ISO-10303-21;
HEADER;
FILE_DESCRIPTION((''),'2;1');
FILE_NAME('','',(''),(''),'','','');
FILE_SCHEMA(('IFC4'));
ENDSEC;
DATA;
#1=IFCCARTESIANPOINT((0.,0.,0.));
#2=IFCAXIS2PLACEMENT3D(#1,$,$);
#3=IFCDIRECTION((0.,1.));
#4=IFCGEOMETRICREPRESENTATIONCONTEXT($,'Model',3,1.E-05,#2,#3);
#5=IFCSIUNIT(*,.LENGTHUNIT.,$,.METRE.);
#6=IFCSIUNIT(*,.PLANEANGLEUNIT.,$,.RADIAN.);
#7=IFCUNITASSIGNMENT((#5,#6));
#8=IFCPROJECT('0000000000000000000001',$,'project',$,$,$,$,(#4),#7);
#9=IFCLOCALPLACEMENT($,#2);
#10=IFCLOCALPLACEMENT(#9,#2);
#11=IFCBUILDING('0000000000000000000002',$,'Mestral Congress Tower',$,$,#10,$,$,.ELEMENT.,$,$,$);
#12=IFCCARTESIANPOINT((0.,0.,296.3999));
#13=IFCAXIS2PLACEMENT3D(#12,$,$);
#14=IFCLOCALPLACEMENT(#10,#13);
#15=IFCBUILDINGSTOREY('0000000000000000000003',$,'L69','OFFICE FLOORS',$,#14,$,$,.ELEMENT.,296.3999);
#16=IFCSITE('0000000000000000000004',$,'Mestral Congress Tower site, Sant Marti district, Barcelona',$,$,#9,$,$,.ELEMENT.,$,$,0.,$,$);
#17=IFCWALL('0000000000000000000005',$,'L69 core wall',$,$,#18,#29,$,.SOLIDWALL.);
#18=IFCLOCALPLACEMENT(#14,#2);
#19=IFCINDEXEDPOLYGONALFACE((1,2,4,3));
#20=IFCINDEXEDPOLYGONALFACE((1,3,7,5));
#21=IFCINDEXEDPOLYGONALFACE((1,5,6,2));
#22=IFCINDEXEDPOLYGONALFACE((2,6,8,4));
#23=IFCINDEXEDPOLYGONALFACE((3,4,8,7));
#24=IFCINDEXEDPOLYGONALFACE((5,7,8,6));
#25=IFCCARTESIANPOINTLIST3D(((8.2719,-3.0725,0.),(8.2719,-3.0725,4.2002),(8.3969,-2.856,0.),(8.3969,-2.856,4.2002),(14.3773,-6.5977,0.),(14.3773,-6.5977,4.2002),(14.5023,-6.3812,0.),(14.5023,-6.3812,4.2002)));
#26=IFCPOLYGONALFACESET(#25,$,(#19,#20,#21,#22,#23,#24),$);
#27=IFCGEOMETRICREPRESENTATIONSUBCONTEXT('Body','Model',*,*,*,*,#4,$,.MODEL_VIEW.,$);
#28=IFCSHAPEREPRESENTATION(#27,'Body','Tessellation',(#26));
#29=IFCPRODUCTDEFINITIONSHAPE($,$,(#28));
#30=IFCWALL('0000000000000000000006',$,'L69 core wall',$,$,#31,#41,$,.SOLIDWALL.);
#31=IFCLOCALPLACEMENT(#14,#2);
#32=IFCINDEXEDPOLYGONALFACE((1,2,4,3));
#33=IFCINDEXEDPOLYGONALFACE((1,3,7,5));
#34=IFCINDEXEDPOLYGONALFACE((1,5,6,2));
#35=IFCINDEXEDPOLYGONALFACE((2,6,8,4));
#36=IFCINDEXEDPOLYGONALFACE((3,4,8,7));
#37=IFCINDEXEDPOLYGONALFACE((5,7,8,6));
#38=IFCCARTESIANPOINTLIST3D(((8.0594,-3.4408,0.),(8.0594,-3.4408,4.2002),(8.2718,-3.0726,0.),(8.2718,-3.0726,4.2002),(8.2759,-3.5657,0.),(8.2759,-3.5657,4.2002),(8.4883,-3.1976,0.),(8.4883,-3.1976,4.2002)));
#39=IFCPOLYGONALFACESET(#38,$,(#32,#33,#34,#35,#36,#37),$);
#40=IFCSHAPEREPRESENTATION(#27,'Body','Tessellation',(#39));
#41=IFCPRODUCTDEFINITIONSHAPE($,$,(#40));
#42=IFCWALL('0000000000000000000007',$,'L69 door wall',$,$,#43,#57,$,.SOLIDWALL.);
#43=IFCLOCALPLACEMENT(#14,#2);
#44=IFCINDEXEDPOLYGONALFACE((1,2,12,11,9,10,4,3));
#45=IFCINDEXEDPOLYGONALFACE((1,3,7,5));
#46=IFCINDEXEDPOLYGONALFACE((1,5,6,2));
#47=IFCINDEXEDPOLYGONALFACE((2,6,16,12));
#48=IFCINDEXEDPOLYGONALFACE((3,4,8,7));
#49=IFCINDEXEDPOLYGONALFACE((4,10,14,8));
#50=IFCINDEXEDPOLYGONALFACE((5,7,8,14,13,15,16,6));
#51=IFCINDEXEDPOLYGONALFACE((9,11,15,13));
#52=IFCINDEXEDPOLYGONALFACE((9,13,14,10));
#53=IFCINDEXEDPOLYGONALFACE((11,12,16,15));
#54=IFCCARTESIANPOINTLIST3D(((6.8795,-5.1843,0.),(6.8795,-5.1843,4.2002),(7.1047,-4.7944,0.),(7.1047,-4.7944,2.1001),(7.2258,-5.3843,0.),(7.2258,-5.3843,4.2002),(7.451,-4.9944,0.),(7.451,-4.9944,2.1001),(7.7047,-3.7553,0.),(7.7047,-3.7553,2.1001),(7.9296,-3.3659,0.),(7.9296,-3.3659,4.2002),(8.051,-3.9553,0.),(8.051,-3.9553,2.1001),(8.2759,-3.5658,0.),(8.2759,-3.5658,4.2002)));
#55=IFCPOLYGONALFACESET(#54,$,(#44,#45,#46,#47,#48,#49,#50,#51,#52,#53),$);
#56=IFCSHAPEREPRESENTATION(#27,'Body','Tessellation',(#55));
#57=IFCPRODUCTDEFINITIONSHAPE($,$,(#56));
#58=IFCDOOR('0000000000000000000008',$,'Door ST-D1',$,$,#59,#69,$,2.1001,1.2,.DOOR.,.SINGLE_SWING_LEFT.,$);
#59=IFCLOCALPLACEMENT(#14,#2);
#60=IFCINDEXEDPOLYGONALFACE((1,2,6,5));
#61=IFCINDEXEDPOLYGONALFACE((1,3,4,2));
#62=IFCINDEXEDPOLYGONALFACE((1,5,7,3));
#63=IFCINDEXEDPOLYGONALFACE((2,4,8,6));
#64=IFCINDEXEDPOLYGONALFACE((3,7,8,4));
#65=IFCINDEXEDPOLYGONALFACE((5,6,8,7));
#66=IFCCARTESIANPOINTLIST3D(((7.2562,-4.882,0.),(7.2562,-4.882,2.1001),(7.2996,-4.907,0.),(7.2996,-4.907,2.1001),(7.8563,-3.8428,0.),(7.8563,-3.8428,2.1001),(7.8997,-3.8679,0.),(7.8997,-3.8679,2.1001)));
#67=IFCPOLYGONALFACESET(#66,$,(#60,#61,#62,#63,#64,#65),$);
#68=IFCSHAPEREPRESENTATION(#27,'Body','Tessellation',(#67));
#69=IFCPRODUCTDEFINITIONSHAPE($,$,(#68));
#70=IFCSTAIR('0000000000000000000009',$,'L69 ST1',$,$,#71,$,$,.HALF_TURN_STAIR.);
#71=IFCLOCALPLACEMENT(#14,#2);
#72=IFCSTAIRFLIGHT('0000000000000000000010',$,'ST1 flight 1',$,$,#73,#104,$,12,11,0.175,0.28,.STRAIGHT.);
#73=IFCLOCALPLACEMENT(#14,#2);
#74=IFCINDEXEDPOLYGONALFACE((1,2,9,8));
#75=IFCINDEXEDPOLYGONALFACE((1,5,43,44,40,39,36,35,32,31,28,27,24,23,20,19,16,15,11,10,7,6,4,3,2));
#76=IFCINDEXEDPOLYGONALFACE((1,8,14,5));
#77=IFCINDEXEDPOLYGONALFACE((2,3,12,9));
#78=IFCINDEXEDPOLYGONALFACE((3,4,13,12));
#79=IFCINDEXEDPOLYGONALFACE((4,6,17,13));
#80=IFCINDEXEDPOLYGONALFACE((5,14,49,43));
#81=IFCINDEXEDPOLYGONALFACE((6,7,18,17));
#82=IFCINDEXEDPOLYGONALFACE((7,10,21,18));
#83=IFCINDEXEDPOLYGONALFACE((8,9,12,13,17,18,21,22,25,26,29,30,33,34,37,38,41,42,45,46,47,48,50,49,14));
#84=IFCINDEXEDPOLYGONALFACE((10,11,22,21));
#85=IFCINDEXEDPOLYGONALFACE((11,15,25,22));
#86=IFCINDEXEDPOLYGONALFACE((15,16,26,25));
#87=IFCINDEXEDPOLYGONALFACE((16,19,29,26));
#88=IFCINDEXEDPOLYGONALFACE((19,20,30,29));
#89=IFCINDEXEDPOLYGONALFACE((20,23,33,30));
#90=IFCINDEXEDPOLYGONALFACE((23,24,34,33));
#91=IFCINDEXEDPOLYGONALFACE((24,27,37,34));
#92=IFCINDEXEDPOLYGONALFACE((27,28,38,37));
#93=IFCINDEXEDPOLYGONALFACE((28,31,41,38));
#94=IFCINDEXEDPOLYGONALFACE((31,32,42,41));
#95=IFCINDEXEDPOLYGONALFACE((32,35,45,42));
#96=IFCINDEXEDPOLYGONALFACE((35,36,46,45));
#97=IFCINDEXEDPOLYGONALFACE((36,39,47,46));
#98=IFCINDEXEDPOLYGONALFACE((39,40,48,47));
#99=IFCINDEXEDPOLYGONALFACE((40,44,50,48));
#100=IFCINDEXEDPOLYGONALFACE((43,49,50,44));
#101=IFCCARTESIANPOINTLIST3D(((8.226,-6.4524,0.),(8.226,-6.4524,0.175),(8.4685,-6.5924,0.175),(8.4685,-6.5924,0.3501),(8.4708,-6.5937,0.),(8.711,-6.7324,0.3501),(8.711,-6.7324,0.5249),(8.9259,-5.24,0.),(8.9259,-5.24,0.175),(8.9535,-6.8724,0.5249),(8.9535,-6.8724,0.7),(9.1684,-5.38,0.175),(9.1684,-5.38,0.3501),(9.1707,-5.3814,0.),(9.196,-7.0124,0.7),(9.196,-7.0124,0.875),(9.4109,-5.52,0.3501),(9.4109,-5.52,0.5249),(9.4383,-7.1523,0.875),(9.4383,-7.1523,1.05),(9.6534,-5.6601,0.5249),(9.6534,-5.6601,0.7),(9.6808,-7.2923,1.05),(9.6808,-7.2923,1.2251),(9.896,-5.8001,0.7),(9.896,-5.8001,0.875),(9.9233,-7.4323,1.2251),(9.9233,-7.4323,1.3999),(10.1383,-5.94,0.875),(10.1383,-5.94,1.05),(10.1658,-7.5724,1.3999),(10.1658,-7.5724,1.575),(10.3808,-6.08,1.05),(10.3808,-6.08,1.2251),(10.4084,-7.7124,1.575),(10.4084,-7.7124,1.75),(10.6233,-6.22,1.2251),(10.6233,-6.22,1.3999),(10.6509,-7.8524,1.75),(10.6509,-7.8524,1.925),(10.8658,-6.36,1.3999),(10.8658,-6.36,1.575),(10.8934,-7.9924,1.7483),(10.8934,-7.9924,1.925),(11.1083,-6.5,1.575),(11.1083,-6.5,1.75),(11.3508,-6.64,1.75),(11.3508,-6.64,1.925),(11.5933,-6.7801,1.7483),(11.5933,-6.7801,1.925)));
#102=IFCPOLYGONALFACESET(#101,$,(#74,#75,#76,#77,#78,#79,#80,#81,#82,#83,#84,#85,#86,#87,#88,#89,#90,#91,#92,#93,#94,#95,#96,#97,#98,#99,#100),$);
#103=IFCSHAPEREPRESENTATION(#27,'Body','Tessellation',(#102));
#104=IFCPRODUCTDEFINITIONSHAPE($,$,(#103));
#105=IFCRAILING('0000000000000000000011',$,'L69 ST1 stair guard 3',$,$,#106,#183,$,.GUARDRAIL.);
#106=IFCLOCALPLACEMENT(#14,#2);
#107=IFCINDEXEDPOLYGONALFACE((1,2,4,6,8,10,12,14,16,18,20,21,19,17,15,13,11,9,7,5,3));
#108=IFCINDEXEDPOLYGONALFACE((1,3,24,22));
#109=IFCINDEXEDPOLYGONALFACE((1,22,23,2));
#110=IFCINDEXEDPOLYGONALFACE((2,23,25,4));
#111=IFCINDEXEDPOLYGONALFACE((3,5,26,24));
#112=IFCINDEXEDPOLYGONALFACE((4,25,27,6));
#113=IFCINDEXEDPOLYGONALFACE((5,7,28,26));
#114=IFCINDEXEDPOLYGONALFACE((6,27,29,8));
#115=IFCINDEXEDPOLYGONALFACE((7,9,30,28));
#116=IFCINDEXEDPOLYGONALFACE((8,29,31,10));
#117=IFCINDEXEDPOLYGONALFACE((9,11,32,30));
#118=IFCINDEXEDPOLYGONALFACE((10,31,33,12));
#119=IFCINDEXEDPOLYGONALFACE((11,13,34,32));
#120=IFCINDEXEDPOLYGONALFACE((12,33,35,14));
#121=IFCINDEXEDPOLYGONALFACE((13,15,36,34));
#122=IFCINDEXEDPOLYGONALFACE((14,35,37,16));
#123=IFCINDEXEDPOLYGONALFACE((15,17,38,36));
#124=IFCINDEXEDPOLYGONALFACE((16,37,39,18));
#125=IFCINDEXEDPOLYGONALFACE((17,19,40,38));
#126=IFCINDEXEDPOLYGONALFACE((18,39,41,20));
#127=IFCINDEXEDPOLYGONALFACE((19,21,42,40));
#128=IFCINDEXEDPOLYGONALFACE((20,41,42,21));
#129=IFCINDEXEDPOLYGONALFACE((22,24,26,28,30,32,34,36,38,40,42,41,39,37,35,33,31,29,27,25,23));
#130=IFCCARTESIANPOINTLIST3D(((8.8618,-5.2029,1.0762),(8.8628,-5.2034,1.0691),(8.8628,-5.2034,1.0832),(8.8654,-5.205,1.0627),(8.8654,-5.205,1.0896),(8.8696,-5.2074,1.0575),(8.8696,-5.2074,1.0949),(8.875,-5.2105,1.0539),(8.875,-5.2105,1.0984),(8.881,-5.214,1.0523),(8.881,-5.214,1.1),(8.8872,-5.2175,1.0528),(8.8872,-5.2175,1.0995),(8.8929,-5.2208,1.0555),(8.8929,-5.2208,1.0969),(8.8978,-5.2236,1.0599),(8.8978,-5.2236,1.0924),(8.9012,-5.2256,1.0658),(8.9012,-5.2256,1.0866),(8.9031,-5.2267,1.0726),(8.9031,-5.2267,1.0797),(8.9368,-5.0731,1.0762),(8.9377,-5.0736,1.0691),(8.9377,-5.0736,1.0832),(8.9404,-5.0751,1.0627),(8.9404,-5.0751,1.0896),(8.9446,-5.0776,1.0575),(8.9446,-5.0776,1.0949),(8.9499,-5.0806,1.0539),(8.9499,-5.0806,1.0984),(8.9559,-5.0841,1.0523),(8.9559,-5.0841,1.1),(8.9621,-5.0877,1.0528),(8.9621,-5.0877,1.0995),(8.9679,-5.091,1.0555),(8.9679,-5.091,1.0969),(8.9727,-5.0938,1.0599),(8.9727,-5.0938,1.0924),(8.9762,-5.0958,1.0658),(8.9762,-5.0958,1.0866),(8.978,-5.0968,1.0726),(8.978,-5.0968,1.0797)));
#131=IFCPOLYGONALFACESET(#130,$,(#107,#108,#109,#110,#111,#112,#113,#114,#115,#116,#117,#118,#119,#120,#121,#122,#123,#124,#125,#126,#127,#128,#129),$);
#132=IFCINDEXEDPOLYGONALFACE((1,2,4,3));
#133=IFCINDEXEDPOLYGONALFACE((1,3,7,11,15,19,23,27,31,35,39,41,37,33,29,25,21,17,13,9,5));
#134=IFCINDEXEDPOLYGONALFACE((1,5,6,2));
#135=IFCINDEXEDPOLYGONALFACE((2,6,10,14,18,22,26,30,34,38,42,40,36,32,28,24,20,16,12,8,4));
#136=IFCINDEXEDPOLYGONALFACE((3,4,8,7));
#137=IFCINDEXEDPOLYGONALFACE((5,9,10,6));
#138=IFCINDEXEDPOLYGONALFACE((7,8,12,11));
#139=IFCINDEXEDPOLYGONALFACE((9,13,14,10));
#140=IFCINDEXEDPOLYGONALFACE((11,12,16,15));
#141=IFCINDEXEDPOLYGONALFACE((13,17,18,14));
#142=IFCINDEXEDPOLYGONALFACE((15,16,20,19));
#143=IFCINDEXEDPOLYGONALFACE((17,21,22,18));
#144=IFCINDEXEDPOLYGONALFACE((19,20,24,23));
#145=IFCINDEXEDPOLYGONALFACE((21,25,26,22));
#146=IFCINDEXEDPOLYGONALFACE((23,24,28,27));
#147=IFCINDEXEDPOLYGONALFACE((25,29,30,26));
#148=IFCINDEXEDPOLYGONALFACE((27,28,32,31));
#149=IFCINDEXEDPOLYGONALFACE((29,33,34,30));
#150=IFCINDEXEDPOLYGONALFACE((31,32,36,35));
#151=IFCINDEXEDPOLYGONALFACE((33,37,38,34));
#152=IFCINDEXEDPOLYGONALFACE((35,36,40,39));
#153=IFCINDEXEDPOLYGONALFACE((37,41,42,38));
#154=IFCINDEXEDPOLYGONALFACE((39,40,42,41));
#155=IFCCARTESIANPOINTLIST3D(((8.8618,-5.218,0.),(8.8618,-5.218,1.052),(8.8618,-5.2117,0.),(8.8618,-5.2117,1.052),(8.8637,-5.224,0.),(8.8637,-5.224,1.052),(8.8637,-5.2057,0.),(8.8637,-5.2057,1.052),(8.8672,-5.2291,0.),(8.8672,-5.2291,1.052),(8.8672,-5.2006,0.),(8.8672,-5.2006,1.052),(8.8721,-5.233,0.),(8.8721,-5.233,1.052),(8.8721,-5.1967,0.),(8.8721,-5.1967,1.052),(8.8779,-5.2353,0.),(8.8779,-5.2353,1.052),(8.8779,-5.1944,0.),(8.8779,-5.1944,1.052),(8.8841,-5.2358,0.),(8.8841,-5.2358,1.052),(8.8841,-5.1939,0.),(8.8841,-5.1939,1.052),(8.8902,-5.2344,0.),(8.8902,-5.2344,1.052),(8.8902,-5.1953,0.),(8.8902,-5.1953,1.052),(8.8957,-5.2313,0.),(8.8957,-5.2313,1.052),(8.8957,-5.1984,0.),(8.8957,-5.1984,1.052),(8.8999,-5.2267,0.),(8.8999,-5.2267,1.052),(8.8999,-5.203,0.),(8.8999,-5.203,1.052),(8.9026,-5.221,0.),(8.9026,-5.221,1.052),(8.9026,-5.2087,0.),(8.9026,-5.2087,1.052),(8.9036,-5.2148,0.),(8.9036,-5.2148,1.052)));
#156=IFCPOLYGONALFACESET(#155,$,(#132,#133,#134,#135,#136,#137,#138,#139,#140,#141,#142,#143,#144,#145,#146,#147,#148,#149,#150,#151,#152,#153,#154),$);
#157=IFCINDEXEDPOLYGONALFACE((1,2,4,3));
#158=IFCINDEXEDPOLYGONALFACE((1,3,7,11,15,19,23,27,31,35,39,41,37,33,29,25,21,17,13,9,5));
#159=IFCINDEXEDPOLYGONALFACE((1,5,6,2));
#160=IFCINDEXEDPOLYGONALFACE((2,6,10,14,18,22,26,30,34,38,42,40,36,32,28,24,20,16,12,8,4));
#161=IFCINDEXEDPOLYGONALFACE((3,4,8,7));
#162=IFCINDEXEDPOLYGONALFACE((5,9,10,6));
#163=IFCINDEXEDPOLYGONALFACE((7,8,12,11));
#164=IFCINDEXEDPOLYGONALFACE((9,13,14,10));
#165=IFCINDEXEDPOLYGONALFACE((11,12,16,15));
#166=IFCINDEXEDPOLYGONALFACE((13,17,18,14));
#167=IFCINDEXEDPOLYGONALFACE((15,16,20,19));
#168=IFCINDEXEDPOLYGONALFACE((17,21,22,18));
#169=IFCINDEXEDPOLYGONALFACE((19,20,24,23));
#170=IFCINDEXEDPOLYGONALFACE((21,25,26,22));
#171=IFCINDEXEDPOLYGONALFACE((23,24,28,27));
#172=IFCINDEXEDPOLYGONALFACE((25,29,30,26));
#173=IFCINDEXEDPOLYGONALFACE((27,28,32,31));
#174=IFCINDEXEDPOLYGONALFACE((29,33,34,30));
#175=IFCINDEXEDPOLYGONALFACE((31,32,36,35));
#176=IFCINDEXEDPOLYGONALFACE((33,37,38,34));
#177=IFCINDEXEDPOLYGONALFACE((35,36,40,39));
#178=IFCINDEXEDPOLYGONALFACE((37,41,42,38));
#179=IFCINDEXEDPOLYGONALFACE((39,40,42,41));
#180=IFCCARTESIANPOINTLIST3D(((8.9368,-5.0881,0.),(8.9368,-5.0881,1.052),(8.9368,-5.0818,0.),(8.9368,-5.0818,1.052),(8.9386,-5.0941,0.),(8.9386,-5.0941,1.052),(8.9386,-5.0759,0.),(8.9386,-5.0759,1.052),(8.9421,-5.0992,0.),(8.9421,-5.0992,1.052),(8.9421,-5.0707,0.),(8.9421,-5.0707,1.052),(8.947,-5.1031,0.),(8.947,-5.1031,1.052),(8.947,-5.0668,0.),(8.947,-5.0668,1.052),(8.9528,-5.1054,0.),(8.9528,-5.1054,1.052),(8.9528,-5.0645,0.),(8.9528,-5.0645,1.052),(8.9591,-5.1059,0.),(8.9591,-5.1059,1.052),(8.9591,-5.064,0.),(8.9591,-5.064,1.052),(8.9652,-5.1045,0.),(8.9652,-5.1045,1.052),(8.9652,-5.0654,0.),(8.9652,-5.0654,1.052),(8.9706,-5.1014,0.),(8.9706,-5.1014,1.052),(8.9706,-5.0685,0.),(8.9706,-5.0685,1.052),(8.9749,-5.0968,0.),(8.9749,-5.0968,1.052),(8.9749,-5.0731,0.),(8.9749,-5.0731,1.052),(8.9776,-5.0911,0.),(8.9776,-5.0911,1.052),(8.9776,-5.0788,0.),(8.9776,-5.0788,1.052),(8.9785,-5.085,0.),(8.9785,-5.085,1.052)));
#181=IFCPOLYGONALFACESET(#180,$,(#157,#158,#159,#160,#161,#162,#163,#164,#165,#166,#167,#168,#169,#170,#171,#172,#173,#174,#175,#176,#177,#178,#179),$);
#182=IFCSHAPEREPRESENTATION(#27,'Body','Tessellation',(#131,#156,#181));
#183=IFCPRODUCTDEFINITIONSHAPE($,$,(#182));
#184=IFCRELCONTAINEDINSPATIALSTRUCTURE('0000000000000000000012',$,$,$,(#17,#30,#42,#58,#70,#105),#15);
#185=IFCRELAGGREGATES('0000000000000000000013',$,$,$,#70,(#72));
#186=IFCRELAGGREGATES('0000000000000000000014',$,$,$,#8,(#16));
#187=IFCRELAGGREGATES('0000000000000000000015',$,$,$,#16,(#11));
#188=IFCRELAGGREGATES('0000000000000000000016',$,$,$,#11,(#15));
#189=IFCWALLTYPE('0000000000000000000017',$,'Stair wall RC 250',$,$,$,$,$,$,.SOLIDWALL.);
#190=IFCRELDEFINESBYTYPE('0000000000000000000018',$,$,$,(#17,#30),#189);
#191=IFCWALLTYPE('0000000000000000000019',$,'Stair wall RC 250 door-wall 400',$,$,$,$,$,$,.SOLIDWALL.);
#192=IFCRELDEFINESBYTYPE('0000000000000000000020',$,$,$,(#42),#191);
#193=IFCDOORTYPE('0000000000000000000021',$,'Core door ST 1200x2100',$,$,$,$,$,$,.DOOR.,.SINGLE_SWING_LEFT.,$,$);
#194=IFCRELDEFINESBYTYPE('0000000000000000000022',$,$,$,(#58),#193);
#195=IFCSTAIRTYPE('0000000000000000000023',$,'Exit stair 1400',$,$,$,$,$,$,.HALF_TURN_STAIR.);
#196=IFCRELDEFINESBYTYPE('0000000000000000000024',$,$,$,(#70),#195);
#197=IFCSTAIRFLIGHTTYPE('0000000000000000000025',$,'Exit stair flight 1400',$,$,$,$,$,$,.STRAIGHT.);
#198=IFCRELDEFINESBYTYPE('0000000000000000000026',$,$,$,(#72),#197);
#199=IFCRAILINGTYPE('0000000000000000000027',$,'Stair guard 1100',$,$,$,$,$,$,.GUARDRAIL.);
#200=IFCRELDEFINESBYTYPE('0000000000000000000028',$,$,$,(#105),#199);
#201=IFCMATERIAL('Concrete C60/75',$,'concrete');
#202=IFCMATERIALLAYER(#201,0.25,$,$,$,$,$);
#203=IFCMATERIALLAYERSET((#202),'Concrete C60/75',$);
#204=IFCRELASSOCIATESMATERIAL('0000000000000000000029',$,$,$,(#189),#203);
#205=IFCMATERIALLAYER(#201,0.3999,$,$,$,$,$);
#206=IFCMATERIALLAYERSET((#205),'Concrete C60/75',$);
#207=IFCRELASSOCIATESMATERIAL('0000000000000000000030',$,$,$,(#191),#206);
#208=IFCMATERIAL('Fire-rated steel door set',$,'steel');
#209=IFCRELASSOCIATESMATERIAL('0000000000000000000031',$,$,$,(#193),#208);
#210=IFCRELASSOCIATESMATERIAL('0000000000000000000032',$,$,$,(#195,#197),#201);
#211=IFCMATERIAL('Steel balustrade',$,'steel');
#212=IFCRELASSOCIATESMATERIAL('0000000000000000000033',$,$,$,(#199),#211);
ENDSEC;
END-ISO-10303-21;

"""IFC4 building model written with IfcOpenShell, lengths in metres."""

from ifc_helpers import new_model, si_unit, direction, frame, frame_2d, origin, origin_2d, place, context, subcontext, project, spatial, polyline, rectangle, circle, outline, extrude, material, layer, layer_set, type_object, element, fill, aggregate, save


model = new_model("IFC4")

# Units and contexts
model_context = context("Model", 3, precision=1e-05, world=origin(), true_north=direction((0.0, 1.0)))
body_context = subcontext(model_context, "Body", "Model", "MODEL_VIEW")
ifc_project = project(units=[si_unit("LENGTHUNIT", "METRE"), si_unit("PLANEANGLEUNIT", "RADIAN")], contexts=[model_context])

# Site, building, storey
site_placement = place(None, origin())
site = spatial("IfcSite", under=ifc_project, at=site_placement, Name="Mestral Congress Tower site, Sant Marti district, Barcelona", CompositionType="ELEMENT", RefElevation=0.0)
building_placement = place(site_placement, origin())
building = spatial("IfcBuilding", under=site, at=building_placement, Name="Mestral Congress Tower", CompositionType="ELEMENT")
storey_placement = place(building_placement, frame((0.0, 0.0, 296.3999)))
storey = spatial("IfcBuildingStorey", under=building, at=storey_placement, Name="L69", Description="OFFICE FLOORS", CompositionType="ELEMENT", Elevation=296.3999)

# Shared definitions
ifc_material_1 = material(Name="Fire-rated steel door set", Category="steel")

# Walls
ifc_material_2 = material(Name="Concrete C60/75", Category="concrete")
ifc_layer_1 = layer(ifc_material_2, 0.25)
ifc_layer_set_1 = layer_set([ifc_layer_1], Name="Concrete C60/75")
wall_type_1 = type_object("IfcWallType", Name="Stair wall RC 250", PredefinedType="SOLIDWALL", material=ifc_layer_set_1)
wall_1_placement = place(storey_placement, frame((8.3345, -2.9644, 0.0), z_axis=(0.0, 0.0, 1.0), x_axis=(0.866016, -0.500016, 0.0)))
element("IfcWall", 1, at=wall_1_placement, inside=storey, type_object=wall_type_1, Name="L69 core wall", PredefinedType="SOLIDWALL", context=body_context, shape_type="SweptSolid", body=[
    extrude(rectangle(XDim=7.05, YDim=0.25, at=frame_2d((3.5249, 0.0))), origin(), (0.0, 0.0, 1.0), 4.2002),
])
wall_2_placement = place(storey_placement, frame((8.1677, -3.5032, 0.0), z_axis=(0.0, 0.0, 1.0), x_axis=(0.499722, 0.866186, 0.0)))
element("IfcWall", 2, at=wall_2_placement, inside=storey, type_object=wall_type_1, Name="L69 core wall", PredefinedType="SOLIDWALL", context=body_context, shape_type="SweptSolid", body=[
    extrude(rectangle(XDim=0.425, YDim=0.25, at=frame_2d((0.2124, 0.0))), origin(), (0.0, 0.0, 1.0), 4.2002),
])

# Wall, opening, door
ifc_layer_2 = layer(ifc_material_2, 0.3999)
ifc_layer_set_2 = layer_set([ifc_layer_2], Name="Concrete C60/75")
wall_type_2 = type_object("IfcWallType", Name="Stair wall RC 250 door-wall 400", PredefinedType="SOLIDWALL", material=ifc_layer_set_2)
wall_3_placement = place(storey_placement, frame((7.0527, -5.2842, 0.0), z_axis=(0.0, 0.0, 1.0), x_axis=(0.500078, 0.86598, 0.0)))
wall_3 = element("IfcWall", 3, at=wall_3_placement, inside=storey, type_object=wall_type_2, Name="L69 door wall", PredefinedType="SOLIDWALL", context=body_context, shape_type="SweptSolid", body=[
    extrude(rectangle(XDim=2.0999, YDim=0.3999, at=frame_2d((1.0498, 0.0))), origin(), (0.0, 0.0, 1.0), 4.2002),
])
opening_1_placement = place(wall_3_placement, frame((0.45, 0.0, 0.0)))
opening_1 = element("IfcOpeningElement", 4, at=opening_1_placement, cuts=wall_3, PredefinedType="OPENING", context=body_context, shape_type="SweptSolid", body=[
    extrude(rectangle(XDim=1.2, YDim=2.1001, at=frame_2d((0.6001, 1.05))), frame((0.0, 0.21, 0.0), z_axis=(0.0, -1.0, 0.0), x_axis=(1.0, 0.0, 0.0)), (0.0, 0.0, 1.0), 0.4199),
])
door_type_1 = type_object("IfcDoorType", Name="Core door ST 1200x2100", OperationType="SINGLE_SWING_LEFT", PredefinedType="DOOR", material=ifc_material_1)
door_1_placement = place(opening_1_placement, origin())
door_1 = element("IfcDoor", 5, at=door_1_placement, inside=storey, type_object=door_type_1, Name="Door ST-D1", OperationType="SINGLE_SWING_LEFT", OverallHeight=2.1001, OverallWidth=1.2, PredefinedType="DOOR", context=body_context, shape_type="SweptSolid", body=[
    extrude(rectangle(XDim=1.2, YDim=2.1001, at=frame_2d((0.6001, 1.05))), frame((0.0, 0.0249, 0.0), z_axis=(0.0, -1.0, 0.0), x_axis=(1.0, 0.0, 0.0)), (0.0, 0.0, 1.0), 0.05),
])
fill(opening_1, door_1)

# Stair, stair flight
stair_type = type_object("IfcStairType", Name="Exit stair 1400", PredefinedType="HALF_TURN_STAIR", material=ifc_material_2)
stair_placement = place(storey_placement, origin())
stair = element("IfcStair", 6, at=stair_placement, inside=storey, type_object=stair_type, Name="L69 ST1", PredefinedType="HALF_TURN_STAIR")
stair_flight_type = type_object("IfcStairFlightType", Name="Exit stair flight 1400", PredefinedType="STRAIGHT", material=ifc_material_2)
stair_flight_placement = place(storey_placement, frame((8.5759, -5.8462, 0.0), z_axis=(0.0, 0.0, 1.0), x_axis=(0.866025, -0.5, 0.0)))
stair_flight = element("IfcStairFlight", 7, at=stair_flight_placement, type_object=stair_flight_type, Name="ST1 flight 1", NumberOfRisers=12, NumberOfTreads=11, PredefinedType="STRAIGHT", RiserHeight=0.175, TreadLength=0.28, context=body_context, shape_type="SweptSolid", body=[
    extrude(outline(polyline([(0.0, 0.0), (0.0, 0.175), (0.28, 0.175), (0.28, 0.3501), (0.5601, 0.3501), (0.5601, 0.5249), (0.8401, 0.5249), (0.8401, 0.7), (1.1201, 0.7), (1.1201, 0.875), (1.3999, 0.875), (1.3999, 1.05), (1.6799, 1.05), (1.6799, 1.2251), (1.96, 1.2251), (1.96, 1.3999), (2.24, 1.3999), (2.24, 1.575), (2.52, 1.575), (2.52, 1.75), (2.8, 1.75), (2.8, 1.925), (3.0801, 1.925), (3.0801, 2.1001), (3.0801, 1.7483), (0.2827, 0.0), (0.0, 0.0)])), frame((0.0, 0.7, 0.0), z_axis=(0.0, -1.0, 0.0), x_axis=(1.0, 0.0, 0.0)), (0.0, 0.0, 1.0), 1.3999),
])
aggregate(stair, [stair_flight])

# Railing
ifc_material_3 = material(Name="Steel balustrade", Category="steel")
railing_type_1 = type_object("IfcRailingType", Name="Stair guard 1100", PredefinedType="GUARDRAIL", material=ifc_material_3)
railing_1_placement = place(storey_placement, frame((8.8826, -5.2148, 0.0)))
element("IfcRailing", 8, at=railing_1_placement, inside=storey, type_object=railing_type_1, Name="L69 ST1 stair guard 3", PredefinedType="GUARDRAIL", context=body_context, shape_type="SweptSolid", body=[
    extrude(circle(Radius=0.0239, at=origin_2d()), frame((0.0, 0.0, 1.0762), z_axis=(0.499816, 0.866131, 0.0), x_axis=(-0.866131, 0.499816, 0.0)), (0.0, 0.0, 1.0), 0.1499),
    extrude(circle(Radius=0.021, at=origin_2d()), origin(), (0.0, 0.0, 1.0), 1.052),
    extrude(circle(Radius=0.021, at=origin_2d()), frame((0.075, 0.1299, 0.0)), (0.0, 0.0, 1.0), 1.052),
])

save(model, "model.ifc")
